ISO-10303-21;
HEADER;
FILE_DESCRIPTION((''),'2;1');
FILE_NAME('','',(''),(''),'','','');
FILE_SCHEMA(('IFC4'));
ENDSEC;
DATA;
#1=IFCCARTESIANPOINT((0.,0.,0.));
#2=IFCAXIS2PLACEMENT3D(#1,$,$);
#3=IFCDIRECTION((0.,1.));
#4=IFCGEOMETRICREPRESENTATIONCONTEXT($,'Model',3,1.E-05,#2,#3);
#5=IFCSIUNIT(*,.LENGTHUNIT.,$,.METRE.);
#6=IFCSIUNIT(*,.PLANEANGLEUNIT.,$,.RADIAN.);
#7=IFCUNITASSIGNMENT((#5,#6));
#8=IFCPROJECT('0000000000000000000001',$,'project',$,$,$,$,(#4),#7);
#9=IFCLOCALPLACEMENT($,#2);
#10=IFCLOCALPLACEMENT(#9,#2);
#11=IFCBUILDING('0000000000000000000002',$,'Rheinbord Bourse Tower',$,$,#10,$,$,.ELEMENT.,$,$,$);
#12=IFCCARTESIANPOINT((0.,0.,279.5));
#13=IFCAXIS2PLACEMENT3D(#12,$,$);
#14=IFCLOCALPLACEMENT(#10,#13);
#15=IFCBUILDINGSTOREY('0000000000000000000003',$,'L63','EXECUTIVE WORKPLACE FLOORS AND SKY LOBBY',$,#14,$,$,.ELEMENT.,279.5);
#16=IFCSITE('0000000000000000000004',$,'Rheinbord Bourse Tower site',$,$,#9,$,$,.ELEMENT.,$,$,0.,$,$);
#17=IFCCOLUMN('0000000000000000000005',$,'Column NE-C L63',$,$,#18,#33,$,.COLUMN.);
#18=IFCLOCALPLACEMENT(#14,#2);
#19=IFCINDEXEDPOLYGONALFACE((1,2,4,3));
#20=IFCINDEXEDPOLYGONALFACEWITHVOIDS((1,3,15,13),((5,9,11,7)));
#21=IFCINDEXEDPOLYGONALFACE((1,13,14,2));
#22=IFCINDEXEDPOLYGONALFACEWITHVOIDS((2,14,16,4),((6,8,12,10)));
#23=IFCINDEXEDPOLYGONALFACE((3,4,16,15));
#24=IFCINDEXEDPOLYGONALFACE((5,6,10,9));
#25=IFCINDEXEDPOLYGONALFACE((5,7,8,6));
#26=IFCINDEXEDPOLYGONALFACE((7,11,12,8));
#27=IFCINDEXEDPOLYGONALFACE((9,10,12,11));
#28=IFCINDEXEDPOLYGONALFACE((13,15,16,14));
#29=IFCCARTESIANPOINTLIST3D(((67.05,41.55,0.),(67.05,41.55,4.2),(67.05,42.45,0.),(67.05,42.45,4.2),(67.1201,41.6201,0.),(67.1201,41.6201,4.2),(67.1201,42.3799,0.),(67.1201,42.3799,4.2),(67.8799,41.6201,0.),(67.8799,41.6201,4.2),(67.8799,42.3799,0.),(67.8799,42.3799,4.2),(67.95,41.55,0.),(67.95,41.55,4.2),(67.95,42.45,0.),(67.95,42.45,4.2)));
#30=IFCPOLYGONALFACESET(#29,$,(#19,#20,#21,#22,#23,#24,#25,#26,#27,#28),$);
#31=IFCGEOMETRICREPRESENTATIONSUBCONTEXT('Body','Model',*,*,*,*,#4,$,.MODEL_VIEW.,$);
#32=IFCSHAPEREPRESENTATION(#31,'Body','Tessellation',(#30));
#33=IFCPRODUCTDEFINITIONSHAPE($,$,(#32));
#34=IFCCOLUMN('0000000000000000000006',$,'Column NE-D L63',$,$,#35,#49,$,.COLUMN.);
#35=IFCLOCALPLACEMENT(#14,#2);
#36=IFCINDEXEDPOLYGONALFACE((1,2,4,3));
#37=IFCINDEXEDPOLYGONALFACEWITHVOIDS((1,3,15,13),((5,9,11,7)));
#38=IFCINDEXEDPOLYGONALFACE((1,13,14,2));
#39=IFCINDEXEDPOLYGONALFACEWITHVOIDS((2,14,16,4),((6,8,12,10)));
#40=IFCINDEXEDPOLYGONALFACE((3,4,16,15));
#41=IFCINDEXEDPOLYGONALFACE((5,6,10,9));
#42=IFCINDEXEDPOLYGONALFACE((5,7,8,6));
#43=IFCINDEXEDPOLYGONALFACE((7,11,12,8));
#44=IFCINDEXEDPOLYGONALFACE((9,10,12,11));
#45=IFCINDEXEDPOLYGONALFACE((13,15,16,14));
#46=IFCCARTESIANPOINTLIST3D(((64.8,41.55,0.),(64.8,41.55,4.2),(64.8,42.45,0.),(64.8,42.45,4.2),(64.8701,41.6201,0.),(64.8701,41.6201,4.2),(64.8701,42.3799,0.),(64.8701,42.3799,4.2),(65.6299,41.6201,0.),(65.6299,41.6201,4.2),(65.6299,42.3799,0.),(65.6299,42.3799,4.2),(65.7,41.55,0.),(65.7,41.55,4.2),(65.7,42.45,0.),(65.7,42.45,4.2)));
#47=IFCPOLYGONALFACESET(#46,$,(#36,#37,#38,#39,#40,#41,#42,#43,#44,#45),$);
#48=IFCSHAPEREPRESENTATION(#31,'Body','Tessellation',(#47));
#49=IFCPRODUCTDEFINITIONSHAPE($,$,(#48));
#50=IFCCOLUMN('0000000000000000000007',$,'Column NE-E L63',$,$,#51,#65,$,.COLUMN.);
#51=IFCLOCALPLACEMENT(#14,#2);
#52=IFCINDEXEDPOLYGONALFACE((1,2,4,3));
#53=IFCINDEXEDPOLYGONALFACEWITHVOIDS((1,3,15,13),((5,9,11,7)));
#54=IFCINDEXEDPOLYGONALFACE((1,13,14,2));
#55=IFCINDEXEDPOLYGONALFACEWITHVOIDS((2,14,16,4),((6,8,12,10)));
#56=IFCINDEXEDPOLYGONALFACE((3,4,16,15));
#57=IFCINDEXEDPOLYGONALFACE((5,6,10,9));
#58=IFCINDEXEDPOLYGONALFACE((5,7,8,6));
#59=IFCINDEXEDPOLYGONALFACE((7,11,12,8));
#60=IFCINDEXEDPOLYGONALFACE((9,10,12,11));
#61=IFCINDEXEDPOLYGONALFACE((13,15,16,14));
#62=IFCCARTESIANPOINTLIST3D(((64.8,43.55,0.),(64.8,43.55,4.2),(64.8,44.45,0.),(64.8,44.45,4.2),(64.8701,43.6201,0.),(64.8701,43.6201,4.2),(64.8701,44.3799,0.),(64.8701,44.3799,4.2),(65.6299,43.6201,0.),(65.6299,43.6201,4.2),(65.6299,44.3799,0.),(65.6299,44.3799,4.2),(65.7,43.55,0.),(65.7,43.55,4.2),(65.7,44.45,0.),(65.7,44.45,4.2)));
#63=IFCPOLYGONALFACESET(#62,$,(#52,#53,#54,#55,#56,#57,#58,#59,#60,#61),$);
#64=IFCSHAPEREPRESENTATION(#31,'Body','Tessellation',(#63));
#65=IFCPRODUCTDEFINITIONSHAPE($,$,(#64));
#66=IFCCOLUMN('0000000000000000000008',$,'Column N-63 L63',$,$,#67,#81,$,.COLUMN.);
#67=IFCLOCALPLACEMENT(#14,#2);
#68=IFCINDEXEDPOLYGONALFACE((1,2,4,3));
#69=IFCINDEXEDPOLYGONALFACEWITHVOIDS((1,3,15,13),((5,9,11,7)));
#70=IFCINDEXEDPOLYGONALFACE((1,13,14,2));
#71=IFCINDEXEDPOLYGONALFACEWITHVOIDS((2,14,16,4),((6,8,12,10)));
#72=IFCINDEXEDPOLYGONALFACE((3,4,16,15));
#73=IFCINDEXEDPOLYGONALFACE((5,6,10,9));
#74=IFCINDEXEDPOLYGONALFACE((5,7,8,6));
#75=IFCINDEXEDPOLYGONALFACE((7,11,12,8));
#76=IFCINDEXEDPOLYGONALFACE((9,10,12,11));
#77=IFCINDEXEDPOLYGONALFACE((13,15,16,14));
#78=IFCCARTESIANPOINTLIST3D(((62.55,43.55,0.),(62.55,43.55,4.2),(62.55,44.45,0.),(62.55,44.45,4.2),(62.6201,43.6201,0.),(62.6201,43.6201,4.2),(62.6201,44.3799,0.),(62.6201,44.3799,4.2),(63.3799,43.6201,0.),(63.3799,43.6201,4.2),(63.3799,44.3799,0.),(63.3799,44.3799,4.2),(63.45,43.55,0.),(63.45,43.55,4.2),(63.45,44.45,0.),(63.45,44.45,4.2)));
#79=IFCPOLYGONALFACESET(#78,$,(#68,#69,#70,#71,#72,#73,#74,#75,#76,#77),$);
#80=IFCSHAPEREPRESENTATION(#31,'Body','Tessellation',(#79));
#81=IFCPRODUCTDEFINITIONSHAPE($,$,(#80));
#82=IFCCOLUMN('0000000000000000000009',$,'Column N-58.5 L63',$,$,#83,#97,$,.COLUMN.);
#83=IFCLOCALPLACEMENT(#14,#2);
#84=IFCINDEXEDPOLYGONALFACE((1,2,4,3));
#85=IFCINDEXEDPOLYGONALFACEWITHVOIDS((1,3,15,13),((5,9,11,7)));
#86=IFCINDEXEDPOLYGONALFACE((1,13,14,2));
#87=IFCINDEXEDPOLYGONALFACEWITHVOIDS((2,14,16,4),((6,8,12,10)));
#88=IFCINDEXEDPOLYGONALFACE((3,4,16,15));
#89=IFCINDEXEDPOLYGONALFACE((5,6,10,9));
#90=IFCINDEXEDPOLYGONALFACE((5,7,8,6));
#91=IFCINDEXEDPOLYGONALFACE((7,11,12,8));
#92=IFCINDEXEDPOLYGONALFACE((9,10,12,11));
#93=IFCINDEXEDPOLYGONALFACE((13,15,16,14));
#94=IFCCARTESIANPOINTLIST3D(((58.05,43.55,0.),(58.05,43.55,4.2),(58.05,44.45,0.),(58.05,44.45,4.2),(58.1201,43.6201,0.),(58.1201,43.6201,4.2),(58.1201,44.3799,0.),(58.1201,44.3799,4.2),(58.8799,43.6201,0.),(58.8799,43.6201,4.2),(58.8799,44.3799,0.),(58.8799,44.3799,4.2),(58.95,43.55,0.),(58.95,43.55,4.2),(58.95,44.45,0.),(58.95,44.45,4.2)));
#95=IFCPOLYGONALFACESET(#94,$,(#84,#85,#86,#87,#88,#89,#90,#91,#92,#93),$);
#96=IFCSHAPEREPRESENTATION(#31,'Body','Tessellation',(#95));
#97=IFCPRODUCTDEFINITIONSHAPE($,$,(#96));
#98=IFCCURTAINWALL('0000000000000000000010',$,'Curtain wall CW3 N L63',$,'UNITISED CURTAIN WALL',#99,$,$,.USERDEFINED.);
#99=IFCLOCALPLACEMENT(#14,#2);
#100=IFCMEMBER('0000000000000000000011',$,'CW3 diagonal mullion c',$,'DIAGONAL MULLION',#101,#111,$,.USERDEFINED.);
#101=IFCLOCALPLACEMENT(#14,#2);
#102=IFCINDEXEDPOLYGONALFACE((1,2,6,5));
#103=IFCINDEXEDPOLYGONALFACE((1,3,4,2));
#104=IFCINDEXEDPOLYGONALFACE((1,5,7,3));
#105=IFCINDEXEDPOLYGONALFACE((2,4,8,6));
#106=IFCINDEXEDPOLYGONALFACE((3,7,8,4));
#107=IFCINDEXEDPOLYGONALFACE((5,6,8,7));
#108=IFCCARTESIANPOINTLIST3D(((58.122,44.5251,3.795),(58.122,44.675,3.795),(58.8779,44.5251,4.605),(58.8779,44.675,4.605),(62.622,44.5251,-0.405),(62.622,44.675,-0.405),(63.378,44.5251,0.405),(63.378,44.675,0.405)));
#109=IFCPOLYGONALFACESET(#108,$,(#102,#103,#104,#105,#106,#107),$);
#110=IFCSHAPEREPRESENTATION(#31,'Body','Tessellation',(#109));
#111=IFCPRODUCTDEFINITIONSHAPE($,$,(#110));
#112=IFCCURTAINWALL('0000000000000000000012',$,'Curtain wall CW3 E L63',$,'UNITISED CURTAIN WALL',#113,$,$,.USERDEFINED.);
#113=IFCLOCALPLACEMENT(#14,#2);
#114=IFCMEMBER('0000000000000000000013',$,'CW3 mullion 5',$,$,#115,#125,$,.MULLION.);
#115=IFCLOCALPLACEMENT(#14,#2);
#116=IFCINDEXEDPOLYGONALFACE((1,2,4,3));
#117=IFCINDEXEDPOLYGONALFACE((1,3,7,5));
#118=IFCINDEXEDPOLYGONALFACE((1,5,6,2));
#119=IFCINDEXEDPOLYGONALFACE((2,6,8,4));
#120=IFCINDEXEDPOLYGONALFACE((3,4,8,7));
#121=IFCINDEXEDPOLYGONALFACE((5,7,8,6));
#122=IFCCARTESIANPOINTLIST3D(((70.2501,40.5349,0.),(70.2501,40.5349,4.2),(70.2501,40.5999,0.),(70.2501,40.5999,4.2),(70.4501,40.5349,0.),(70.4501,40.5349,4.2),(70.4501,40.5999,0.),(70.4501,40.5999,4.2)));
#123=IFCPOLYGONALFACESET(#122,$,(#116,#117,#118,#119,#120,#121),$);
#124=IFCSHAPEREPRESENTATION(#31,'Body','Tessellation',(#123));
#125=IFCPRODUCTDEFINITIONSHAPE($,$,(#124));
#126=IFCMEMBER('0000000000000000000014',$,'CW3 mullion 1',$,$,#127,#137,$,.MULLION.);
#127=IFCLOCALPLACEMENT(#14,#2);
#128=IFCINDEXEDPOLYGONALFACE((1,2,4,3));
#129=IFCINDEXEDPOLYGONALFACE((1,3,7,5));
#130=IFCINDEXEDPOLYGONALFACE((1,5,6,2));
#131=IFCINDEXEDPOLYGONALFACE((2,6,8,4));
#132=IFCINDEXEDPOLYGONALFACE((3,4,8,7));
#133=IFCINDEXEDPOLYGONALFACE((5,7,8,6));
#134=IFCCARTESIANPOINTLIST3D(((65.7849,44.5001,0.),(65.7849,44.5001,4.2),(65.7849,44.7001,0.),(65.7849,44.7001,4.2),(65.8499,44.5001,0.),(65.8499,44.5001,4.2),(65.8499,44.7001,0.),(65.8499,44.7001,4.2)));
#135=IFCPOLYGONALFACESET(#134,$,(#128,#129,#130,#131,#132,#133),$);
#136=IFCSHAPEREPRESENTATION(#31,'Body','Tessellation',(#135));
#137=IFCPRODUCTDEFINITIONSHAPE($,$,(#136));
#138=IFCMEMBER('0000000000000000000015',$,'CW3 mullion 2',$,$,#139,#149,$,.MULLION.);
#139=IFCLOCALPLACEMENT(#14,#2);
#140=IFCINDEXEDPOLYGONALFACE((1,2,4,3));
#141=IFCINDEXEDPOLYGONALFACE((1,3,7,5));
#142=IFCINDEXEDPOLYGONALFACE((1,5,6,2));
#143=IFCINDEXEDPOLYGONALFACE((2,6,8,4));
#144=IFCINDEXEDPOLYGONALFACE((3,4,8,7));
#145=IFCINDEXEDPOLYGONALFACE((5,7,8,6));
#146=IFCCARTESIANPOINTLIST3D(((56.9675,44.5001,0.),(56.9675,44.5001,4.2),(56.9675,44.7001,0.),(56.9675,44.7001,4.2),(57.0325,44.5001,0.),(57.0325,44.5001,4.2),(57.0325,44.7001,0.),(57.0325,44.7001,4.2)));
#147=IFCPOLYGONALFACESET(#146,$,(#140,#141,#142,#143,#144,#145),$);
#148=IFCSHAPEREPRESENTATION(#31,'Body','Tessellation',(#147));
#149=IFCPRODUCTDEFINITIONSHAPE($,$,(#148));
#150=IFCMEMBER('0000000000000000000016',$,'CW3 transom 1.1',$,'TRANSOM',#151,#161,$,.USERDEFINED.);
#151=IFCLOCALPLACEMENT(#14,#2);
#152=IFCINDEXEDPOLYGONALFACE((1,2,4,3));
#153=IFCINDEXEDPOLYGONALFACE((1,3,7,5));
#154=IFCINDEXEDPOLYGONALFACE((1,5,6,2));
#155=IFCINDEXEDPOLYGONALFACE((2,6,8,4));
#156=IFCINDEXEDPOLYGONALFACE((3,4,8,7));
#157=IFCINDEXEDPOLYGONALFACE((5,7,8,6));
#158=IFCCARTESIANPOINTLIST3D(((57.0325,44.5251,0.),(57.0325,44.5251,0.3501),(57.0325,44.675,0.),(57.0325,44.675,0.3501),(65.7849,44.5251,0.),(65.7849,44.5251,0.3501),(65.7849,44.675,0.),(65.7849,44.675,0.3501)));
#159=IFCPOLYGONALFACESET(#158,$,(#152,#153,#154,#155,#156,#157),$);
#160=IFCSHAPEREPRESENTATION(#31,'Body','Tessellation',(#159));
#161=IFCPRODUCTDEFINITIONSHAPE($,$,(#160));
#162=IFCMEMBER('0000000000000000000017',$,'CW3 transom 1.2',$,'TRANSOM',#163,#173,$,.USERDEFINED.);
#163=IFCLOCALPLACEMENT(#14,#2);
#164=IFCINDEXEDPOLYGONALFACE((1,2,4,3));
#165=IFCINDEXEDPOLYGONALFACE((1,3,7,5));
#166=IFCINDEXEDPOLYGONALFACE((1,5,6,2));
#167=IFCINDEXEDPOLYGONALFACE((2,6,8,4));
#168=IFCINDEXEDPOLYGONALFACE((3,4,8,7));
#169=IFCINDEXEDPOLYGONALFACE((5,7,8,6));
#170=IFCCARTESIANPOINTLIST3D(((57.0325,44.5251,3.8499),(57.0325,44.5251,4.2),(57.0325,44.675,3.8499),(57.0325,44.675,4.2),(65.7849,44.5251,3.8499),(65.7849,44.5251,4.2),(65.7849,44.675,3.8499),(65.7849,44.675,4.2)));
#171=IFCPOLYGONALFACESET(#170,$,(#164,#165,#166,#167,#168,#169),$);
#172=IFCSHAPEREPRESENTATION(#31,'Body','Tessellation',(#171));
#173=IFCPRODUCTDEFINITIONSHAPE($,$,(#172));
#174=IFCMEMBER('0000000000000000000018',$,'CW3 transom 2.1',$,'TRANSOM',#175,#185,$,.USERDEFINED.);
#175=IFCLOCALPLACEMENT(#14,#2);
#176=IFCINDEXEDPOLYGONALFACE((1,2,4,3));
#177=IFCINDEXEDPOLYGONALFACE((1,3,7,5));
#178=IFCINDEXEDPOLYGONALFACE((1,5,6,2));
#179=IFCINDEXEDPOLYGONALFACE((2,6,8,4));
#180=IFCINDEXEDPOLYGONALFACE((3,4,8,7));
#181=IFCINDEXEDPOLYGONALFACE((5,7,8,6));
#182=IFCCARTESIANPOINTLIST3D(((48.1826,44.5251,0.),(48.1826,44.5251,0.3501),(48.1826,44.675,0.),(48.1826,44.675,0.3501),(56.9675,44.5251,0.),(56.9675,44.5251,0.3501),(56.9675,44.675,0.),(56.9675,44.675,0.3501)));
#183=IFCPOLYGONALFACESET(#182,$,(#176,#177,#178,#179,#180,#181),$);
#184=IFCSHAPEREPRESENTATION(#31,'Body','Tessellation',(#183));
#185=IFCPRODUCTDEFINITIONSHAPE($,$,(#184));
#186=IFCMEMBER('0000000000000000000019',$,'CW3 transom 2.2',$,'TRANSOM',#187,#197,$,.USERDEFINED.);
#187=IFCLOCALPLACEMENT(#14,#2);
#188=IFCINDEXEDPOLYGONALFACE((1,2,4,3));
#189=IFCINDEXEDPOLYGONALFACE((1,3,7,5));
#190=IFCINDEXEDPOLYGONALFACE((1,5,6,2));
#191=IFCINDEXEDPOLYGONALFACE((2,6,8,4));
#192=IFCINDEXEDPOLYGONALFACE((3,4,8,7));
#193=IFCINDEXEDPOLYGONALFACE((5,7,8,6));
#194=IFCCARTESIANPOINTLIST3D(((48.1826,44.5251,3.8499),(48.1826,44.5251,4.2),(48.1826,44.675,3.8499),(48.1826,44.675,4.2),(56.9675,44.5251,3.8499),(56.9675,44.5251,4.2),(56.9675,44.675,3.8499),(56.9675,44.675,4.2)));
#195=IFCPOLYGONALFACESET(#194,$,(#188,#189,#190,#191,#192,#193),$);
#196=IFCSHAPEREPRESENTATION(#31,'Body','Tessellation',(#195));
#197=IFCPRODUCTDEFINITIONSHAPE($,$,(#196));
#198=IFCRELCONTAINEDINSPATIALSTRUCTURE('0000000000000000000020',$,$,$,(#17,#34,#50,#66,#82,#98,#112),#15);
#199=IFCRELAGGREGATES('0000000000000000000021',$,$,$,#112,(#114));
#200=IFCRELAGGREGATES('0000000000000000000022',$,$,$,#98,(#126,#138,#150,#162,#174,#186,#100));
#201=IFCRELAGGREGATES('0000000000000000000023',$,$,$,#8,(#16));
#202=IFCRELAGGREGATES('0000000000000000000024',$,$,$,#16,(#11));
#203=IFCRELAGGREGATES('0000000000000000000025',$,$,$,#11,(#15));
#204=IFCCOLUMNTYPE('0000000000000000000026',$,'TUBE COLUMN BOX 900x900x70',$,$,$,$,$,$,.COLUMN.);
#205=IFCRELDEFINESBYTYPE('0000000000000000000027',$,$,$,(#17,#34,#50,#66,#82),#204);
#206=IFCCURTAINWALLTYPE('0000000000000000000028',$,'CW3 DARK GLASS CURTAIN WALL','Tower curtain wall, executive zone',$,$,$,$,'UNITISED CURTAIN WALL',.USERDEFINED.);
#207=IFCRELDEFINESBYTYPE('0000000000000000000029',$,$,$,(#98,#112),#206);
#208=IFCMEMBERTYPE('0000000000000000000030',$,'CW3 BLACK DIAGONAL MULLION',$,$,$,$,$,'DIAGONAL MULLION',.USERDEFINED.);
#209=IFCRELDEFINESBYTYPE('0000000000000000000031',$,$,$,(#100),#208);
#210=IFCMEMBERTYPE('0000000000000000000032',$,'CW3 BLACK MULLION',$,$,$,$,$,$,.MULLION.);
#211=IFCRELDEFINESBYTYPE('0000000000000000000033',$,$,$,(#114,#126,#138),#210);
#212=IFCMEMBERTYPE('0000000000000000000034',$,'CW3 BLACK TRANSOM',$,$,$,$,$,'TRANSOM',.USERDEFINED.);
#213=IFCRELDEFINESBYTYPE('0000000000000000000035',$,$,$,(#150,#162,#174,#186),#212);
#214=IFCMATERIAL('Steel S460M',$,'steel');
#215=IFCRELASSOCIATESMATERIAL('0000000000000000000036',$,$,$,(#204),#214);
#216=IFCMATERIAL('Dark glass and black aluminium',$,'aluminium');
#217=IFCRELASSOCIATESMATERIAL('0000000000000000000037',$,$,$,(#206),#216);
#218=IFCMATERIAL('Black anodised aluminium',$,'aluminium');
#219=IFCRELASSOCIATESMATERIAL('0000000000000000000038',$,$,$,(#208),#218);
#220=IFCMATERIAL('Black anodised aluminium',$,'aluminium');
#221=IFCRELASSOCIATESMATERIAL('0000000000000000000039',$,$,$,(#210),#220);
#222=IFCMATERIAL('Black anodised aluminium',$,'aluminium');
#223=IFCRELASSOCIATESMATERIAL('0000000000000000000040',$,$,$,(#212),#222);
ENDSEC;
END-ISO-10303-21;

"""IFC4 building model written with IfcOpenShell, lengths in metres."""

from ifc_helpers import new_model, si_unit, direction, frame, origin, origin_2d, place, context, subcontext, project, spatial, rectangle, hollow_rectangle, extrude, material, material_profile, profile_set, type_object, element, aggregate, save


model = new_model("IFC4")

# Units and contexts
model_context = context("Model", 3, precision=1e-05, world=origin(), true_north=direction((0.0, 1.0)))
body_context = subcontext(model_context, "Body", "Model", "MODEL_VIEW")
ifc_project = project(units=[si_unit("LENGTHUNIT", "METRE"), si_unit("PLANEANGLEUNIT", "RADIAN")], contexts=[model_context])

# Site, building, storey
site_placement = place(None, origin())
site = spatial("IfcSite", under=ifc_project, at=site_placement, Name="Rheinbord Bourse Tower site", CompositionType="ELEMENT", RefElevation=0.0)
building_placement = place(site_placement, origin())
building = spatial("IfcBuilding", under=site, at=building_placement, Name="Rheinbord Bourse Tower", CompositionType="ELEMENT")
storey_placement = place(building_placement, frame((0.0, 0.0, 279.5)))
storey = spatial("IfcBuildingStorey", under=building, at=storey_placement, Name="L63", Description="EXECUTIVE WORKPLACE FLOORS AND SKY LOBBY", CompositionType="ELEMENT", Elevation=279.5)

# Columns
ifc_material_1 = material(Name="Steel S460M", Category="steel")
ifc_material_profile_1 = material_profile(ifc_material_1, hollow_rectangle(XDim=0.8999, YDim=0.8999, WallThickness=0.0701, at=origin_2d()), Name="BOX 900x900x70")
ifc_profile_set_1 = profile_set([ifc_material_profile_1], Name="Steel S460M")
column_type = type_object("IfcColumnType", Name="TUBE COLUMN BOX 900x900x70", PredefinedType="COLUMN", material=ifc_profile_set_1)
for number, where, z_axis, x_axis, name in (
    (1, (67.5, 42.0, 0.0), (0.0, 0.0, 1.0), (1.0, 0.0, 0.0), "Column NE-C L63"),
    (2, (65.25, 42.0, 0.0), (0.0, 0.0, 1.0), (0.0, 1.0, 0.0), "Column NE-D L63"),
    (3, (65.25, 44.0, 0.0), (0.0, 0.0, 1.0), (0.0, 1.0, 0.0), "Column NE-E L63"),
    (4, (63.0, 44.0, 0.0), (0.0, 0.0, 1.0), (0.0, 1.0, 0.0), "Column N-63 L63"),
    (5, (58.5, 44.0, 0.0), (0.0, 0.0, 1.0), (0.0, 1.0, 0.0), "Column N-58.5 L63"),
):
    element("IfcColumn", number, at=place(storey_placement, frame(where, z_axis=z_axis, x_axis=x_axis)), inside=storey, type_object=column_type, Name=name, PredefinedType="COLUMN", context=body_context, shape_type="SweptSolid", body=[
        extrude(hollow_rectangle(XDim=0.8999, YDim=0.8999, WallThickness=0.0701, at=origin_2d()), origin(), (0.0, 0.0, 1.0), 4.2),
    ])

# Curtain walls, members
ifc_material_2 = material(Name="Dark glass and black aluminium", Category="aluminium")
curtain_wall_type = type_object("IfcCurtainWallType", Name="CW3 DARK GLASS CURTAIN WALL", Description="Tower curtain wall, executive zone", ElementType="UNITISED CURTAIN WALL", PredefinedType="USERDEFINED", material=ifc_material_2)
curtain_wall_1_placement = place(storey_placement, origin())
curtain_wall_1 = element("IfcCurtainWall", 6, at=curtain_wall_1_placement, inside=storey, type_object=curtain_wall_type, Name="Curtain wall CW3 N L63", ObjectType="UNITISED CURTAIN WALL", PredefinedType="USERDEFINED")
ifc_material_3 = material(Name="Black anodised aluminium", Category="aluminium")
ifc_material_profile_2 = material_profile(ifc_material_3, rectangle(XDim=0.1499, YDim=1.1079, at=origin_2d()), Name="CW3 DIAGONAL MULLION 1108x150")
ifc_profile_set_2 = profile_set([ifc_material_profile_2], Name="Black anodised aluminium")
member_type_1 = type_object("IfcMemberType", Name="CW3 BLACK DIAGONAL MULLION", ElementType="DIAGONAL MULLION", PredefinedType="USERDEFINED", material=ifc_profile_set_2)
member_1_placement = place(storey_placement, frame((63.0, 44.6001, 0.0), z_axis=(-0.731059, 0.0, 0.682314), x_axis=(0.0, -1.0, 0.0)))
member_1 = element("IfcMember", 7, at=member_1_placement, type_object=member_type_1, Name="CW3 diagonal mullion c", ObjectType="DIAGONAL MULLION", PredefinedType="USERDEFINED", context=body_context, shape_type="SweptSolid", body=[
    extrude(rectangle(XDim=0.1499, YDim=1.1079, at=origin_2d()), origin(), (0.0, 0.0, 1.0), 6.1555),
])
curtain_wall_2_placement = place(storey_placement, origin())
curtain_wall_2 = element("IfcCurtainWall", 8, at=curtain_wall_2_placement, inside=storey, type_object=curtain_wall_type, Name="Curtain wall CW3 E L63", ObjectType="UNITISED CURTAIN WALL", PredefinedType="USERDEFINED")
ifc_material_4 = material(Name="Black anodised aluminium", Category="aluminium")
ifc_material_profile_3 = material_profile(ifc_material_4, rectangle(XDim=0.2, YDim=0.0649, at=origin_2d()), Name="CW3 MULLION 65x200")
ifc_profile_set_3 = profile_set([ifc_material_profile_3], Name="Black anodised aluminium")
member_type_2 = type_object("IfcMemberType", Name="CW3 BLACK MULLION", PredefinedType="MULLION", material=ifc_profile_set_3)
member_2_placement = place(storey_placement, frame((70.3501, 40.5674, 0.0), z_axis=(0.0, 0.0, 1.0), x_axis=(-1.0, 0.0, 0.0)))
member_2 = element("IfcMember", 9, at=member_2_placement, type_object=member_type_2, Name="CW3 mullion 5", PredefinedType="MULLION", context=body_context, shape_type="SweptSolid", body=[
    extrude(rectangle(XDim=0.2, YDim=0.0649, at=origin_2d()), origin(), (0.0, 0.0, 1.0), 4.2),
])

# Members
member_3_placement = place(storey_placement, frame((65.8174, 44.6001, 0.0), z_axis=(0.0, 0.0, 1.0), x_axis=(0.0, -1.0, 0.0)))
member_3 = element("IfcMember", 10, at=member_3_placement, type_object=member_type_2, Name="CW3 mullion 1", PredefinedType="MULLION", context=body_context, shape_type="SweptSolid", body=[
    extrude(rectangle(XDim=0.2, YDim=0.0649, at=origin_2d()), origin(), (0.0, 0.0, 1.0), 4.2),
])
member_4_placement = place(storey_placement, frame((57.0, 44.6001, 0.0), z_axis=(0.0, 0.0, 1.0), x_axis=(0.0, -1.0, 0.0)))
member_4 = element("IfcMember", 11, at=member_4_placement, type_object=member_type_2, Name="CW3 mullion 2", PredefinedType="MULLION", context=body_context, shape_type="SweptSolid", body=[
    extrude(rectangle(XDim=0.2, YDim=0.0649, at=origin_2d()), origin(), (0.0, 0.0, 1.0), 4.2),
])
ifc_material_5 = material(Name="Black anodised aluminium", Category="aluminium")
ifc_material_profile_4 = material_profile(ifc_material_5, rectangle(XDim=0.1499, YDim=0.3501, at=origin_2d()), Name="CW3 TRANSOM 350x150")
ifc_profile_set_4 = profile_set([ifc_material_profile_4], Name="Black anodised aluminium")
member_type_3 = type_object("IfcMemberType", Name="CW3 BLACK TRANSOM", ElementType="TRANSOM", PredefinedType="USERDEFINED", material=ifc_profile_set_4)
member_5_placement = place(storey_placement, frame((65.7849, 44.6001, 0.175), z_axis=(-1.0, 0.0, 0.0), x_axis=(0.0, -1.0, 0.0)))
member_5 = element("IfcMember", 12, at=member_5_placement, type_object=member_type_3, Name="CW3 transom 1.1", ObjectType="TRANSOM", PredefinedType="USERDEFINED", context=body_context, shape_type="SweptSolid", body=[
    extrude(rectangle(XDim=0.1499, YDim=0.3501, at=origin_2d()), origin(), (0.0, 0.0, 1.0), 8.7524),
])
member_6_placement = place(storey_placement, frame((65.7849, 44.6001, 4.0249), z_axis=(-1.0, 0.0, 0.0), x_axis=(0.0, -1.0, 0.0)))
member_6 = element("IfcMember", 13, at=member_6_placement, type_object=member_type_3, Name="CW3 transom 1.2", ObjectType="TRANSOM", PredefinedType="USERDEFINED", context=body_context, shape_type="SweptSolid", body=[
    extrude(rectangle(XDim=0.1499, YDim=0.3501, at=origin_2d()), origin(), (0.0, 0.0, 1.0), 8.7524),
])
member_7_placement = place(storey_placement, frame((56.9675, 44.6001, 0.175), z_axis=(-1.0, 0.0, 0.0), x_axis=(0.0, -1.0, 0.0)))
member_7 = element("IfcMember", 14, at=member_7_placement, type_object=member_type_3, Name="CW3 transom 2.1", ObjectType="TRANSOM", PredefinedType="USERDEFINED", context=body_context, shape_type="SweptSolid", body=[
    extrude(rectangle(XDim=0.1499, YDim=0.3501, at=origin_2d()), origin(), (0.0, 0.0, 1.0), 8.7849),
])
member_8_placement = place(storey_placement, frame((56.9675, 44.6001, 4.0249), z_axis=(-1.0, 0.0, 0.0), x_axis=(0.0, -1.0, 0.0)))
member_8 = element("IfcMember", 15, at=member_8_placement, type_object=member_type_3, Name="CW3 transom 2.2", ObjectType="TRANSOM", PredefinedType="USERDEFINED", context=body_context, shape_type="SweptSolid", body=[
    extrude(rectangle(XDim=0.1499, YDim=0.3501, at=origin_2d()), origin(), (0.0, 0.0, 1.0), 8.7849),
])

aggregate(curtain_wall_2, [member_2])
aggregate(curtain_wall_1, [member_3, member_4, member_5, member_6, member_7, member_8, member_1])

save(model, "model.ifc")
